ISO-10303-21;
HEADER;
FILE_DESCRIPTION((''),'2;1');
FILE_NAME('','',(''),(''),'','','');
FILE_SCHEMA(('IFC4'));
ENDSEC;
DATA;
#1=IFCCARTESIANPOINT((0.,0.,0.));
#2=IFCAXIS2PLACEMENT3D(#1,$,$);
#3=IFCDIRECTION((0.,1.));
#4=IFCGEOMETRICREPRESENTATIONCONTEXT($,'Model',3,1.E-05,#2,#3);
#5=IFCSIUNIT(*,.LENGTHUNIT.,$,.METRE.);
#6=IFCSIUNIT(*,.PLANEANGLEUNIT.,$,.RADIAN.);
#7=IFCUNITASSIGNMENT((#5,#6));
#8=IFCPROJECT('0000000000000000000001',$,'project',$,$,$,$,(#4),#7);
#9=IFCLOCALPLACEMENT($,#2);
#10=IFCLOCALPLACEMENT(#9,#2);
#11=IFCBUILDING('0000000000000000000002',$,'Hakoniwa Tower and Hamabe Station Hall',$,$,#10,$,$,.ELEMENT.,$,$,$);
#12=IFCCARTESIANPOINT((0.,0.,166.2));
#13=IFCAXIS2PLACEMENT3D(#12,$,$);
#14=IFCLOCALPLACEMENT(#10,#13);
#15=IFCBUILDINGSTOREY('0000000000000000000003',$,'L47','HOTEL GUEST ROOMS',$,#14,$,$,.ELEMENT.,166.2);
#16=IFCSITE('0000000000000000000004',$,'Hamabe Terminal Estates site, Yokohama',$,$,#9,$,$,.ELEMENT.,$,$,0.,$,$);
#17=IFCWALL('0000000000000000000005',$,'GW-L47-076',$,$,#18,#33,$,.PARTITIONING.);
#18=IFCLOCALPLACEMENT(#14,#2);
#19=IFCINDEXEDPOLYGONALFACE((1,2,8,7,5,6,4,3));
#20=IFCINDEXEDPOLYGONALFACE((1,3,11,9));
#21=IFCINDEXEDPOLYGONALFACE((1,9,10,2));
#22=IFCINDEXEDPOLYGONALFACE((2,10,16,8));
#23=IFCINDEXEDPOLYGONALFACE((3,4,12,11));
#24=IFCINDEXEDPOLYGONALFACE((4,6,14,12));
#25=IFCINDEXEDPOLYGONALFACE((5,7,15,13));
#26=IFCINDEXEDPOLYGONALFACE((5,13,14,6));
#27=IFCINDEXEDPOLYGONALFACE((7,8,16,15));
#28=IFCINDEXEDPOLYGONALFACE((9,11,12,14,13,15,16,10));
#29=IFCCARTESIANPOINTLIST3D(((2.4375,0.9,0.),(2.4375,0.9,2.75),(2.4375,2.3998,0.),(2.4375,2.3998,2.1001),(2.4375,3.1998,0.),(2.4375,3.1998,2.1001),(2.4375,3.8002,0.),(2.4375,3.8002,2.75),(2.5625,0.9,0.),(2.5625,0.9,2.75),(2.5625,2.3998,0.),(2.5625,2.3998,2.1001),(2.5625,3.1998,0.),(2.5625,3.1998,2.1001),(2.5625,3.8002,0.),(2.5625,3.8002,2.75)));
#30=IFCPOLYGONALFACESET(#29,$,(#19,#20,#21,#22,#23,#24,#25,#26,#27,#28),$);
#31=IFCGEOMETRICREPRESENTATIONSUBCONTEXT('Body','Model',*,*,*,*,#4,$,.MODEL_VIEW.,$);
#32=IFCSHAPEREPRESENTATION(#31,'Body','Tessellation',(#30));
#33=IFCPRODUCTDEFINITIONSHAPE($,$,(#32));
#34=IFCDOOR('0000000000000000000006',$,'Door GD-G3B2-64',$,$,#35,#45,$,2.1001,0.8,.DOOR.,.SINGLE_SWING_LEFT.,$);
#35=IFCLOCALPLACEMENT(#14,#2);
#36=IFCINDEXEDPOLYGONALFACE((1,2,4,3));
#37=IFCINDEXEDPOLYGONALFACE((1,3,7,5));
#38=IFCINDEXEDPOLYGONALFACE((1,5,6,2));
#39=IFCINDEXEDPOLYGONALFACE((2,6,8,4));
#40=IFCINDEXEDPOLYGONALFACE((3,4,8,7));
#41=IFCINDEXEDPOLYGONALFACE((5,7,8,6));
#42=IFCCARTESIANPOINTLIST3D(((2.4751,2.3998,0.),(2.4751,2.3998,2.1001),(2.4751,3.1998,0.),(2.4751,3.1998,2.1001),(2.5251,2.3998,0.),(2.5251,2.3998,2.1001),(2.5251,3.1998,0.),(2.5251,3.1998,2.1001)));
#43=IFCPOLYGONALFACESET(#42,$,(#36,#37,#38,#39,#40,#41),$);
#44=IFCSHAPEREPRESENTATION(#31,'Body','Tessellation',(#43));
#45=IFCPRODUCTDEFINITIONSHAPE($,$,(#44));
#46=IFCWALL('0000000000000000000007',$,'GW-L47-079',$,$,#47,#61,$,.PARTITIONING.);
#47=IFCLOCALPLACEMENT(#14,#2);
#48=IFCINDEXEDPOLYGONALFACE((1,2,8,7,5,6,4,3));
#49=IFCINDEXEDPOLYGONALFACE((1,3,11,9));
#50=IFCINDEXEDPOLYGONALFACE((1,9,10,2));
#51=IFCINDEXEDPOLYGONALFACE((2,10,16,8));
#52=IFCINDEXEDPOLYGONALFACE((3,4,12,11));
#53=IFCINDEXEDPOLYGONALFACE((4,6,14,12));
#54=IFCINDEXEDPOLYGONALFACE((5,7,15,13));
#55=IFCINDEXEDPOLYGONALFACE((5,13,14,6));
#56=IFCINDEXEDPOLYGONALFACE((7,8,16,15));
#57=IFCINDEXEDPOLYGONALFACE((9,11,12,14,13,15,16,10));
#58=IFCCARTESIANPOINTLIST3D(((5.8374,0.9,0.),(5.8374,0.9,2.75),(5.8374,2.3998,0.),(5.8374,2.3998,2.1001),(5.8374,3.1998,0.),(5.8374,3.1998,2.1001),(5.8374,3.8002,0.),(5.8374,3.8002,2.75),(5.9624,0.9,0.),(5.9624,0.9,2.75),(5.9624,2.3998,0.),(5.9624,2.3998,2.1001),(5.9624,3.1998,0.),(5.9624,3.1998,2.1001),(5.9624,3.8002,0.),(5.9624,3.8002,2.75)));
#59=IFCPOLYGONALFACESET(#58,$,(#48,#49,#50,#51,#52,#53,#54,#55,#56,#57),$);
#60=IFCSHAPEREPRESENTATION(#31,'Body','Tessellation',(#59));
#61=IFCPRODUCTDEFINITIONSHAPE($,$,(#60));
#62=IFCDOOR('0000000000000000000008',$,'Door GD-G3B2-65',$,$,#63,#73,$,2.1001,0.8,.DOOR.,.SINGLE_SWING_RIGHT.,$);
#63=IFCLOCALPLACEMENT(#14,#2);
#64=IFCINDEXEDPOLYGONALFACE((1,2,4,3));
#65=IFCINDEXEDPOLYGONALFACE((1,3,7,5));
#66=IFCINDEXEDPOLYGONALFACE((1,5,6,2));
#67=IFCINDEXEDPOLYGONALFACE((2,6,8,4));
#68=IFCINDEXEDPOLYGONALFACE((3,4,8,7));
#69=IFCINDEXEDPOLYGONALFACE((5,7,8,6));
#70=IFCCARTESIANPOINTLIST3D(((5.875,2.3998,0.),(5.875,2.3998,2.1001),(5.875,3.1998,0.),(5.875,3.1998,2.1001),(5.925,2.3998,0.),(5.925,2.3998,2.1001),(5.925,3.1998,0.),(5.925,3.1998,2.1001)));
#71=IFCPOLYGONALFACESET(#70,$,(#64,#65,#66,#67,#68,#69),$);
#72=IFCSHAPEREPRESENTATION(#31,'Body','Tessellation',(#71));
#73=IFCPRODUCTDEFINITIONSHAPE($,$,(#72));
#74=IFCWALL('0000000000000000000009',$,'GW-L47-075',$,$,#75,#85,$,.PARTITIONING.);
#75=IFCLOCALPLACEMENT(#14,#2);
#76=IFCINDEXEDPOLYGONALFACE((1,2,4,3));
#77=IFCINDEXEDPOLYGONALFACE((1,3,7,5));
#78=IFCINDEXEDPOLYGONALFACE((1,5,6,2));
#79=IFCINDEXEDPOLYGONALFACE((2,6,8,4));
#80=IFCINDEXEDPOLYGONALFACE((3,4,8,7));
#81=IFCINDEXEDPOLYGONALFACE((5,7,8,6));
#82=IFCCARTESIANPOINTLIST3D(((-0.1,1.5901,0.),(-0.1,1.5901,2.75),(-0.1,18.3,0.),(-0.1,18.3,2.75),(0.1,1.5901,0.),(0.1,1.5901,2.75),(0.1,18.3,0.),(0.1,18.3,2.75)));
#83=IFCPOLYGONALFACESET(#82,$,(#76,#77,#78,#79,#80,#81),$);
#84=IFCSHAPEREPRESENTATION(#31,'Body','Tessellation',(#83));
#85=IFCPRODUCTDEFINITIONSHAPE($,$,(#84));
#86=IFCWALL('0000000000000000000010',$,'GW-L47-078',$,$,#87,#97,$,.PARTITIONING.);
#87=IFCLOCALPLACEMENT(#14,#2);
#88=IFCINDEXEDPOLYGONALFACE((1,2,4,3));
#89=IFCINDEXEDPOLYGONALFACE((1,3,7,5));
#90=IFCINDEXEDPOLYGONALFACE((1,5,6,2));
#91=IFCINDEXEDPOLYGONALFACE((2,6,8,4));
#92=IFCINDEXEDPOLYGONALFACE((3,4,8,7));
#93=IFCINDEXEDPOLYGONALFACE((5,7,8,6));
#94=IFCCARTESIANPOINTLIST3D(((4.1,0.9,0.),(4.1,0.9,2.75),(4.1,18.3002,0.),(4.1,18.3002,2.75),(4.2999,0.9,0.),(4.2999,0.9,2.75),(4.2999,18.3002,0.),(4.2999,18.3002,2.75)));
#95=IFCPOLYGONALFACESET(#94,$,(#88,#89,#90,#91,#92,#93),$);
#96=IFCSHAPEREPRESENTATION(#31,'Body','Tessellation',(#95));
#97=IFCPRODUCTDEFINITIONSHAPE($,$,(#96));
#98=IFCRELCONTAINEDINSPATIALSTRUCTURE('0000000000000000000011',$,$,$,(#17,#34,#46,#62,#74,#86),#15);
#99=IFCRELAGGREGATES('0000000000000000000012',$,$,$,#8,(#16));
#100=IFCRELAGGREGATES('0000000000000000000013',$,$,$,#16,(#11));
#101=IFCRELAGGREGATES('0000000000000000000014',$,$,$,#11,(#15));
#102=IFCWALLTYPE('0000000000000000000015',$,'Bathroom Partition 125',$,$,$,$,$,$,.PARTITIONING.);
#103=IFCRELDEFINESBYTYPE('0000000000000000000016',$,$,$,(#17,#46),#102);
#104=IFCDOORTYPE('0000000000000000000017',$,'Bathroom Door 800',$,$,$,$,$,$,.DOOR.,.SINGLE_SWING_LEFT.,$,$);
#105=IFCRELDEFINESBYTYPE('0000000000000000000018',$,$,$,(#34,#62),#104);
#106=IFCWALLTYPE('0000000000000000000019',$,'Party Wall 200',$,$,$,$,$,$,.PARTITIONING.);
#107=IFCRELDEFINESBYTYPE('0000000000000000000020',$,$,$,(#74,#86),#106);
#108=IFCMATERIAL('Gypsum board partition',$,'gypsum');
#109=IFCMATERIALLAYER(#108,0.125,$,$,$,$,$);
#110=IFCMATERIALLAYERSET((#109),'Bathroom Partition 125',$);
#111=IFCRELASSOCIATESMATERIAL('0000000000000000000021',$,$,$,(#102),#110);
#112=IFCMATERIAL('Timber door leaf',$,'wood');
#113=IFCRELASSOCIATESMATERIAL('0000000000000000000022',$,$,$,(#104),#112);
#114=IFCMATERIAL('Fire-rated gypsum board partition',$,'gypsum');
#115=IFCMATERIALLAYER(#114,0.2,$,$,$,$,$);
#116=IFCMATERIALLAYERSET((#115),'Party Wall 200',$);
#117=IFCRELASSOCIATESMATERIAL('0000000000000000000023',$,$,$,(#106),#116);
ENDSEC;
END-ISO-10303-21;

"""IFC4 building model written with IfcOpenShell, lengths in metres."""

from ifc_helpers import new_model, si_unit, direction, frame, frame_2d, origin, place, context, subcontext, project, spatial, rectangle, extrude, material, layer, layer_set, type_object, element, fill, save


model = new_model("IFC4")

# Units and contexts
model_context = context("Model", 3, precision=1e-05, world=origin(), true_north=direction((0.0, 1.0)))
body_context = subcontext(model_context, "Body", "Model", "MODEL_VIEW")
ifc_project = project(units=[si_unit("LENGTHUNIT", "METRE"), si_unit("PLANEANGLEUNIT", "RADIAN")], contexts=[model_context])

# Site, building, storey
site_placement = place(None, origin())
site = spatial("IfcSite", under=ifc_project, at=site_placement, Name="Hamabe Terminal Estates site, Yokohama", CompositionType="ELEMENT", RefElevation=0.0)
building_placement = place(site_placement, origin())
building = spatial("IfcBuilding", under=site, at=building_placement, Name="Hakoniwa Tower and Hamabe Station Hall", CompositionType="ELEMENT")
storey_placement = place(building_placement, frame((0.0, 0.0, 166.2)))
storey = spatial("IfcBuildingStorey", under=building, at=storey_placement, Name="L47", Description="HOTEL GUEST ROOMS", CompositionType="ELEMENT", Elevation=166.2)

# Shared definitions
ifc_material_1 = material(Name="Gypsum board partition", Category="gypsum")
ifc_layer_1 = layer(ifc_material_1, 0.125)
ifc_layer_set_1 = layer_set([ifc_layer_1], Name="Bathroom Partition 125")
wall_type_1 = type_object("IfcWallType", Name="Bathroom Partition 125", PredefinedType="PARTITIONING", material=ifc_layer_set_1)

# Walls, openings, doors
wall_1_placement = place(storey_placement, frame((2.5, 0.8999, 0.0), z_axis=(0.0, 0.0, 1.0), x_axis=(0.0, 1.0, 0.0)))
wall_1 = element("IfcWall", 1, at=wall_1_placement, inside=storey, type_object=wall_type_1, Name="GW-L47-076", PredefinedType="PARTITIONING", context=body_context, shape_type="SweptSolid", body=[
    extrude(rectangle(XDim=2.9001, YDim=0.125, at=frame_2d((1.4502, 0.0))), origin(), (0.0, 0.0, 1.0), 2.75),
])
opening_1_placement = place(wall_1_placement, frame((1.5, 0.0, 0.0)))
opening_1 = element("IfcOpeningElement", 2, at=opening_1_placement, cuts=wall_1, PredefinedType="OPENING", context=body_context, shape_type="SweptSolid", body=[
    extrude(rectangle(XDim=0.8, YDim=2.1001, at=frame_2d((0.3999, 1.05))), frame((0.0, 0.0725, 0.0), z_axis=(0.0, -1.0, 0.0), x_axis=(1.0, 0.0, 0.0)), (0.0, 0.0, 1.0), 0.145),
])
ifc_material_2 = material(Name="Timber door leaf", Category="wood")
door_type = type_object("IfcDoorType", Name="Bathroom Door 800", OperationType="SINGLE_SWING_LEFT", PredefinedType="DOOR", material=ifc_material_2)
door_1_placement = place(opening_1_placement, origin())
door_1 = element("IfcDoor", 3, at=door_1_placement, inside=storey, type_object=door_type, Name="Door GD-G3B2-64", OperationType="SINGLE_SWING_LEFT", OverallHeight=2.1001, OverallWidth=0.8, PredefinedType="DOOR", context=body_context, shape_type="SweptSolid", body=[
    extrude(rectangle(XDim=0.8, YDim=2.1001, at=frame_2d((0.3999, 1.05))), frame((0.0, 0.0249, 0.0), z_axis=(0.0, -1.0, 0.0), x_axis=(1.0, 0.0, 0.0)), (0.0, 0.0, 1.0), 0.05),
])
fill(opening_1, door_1)
wall_2_placement = place(storey_placement, frame((5.8999, 0.8999, 0.0), z_axis=(0.0, 0.0, 1.0), x_axis=(0.0, 1.0, 0.0)))
wall_2 = element("IfcWall", 4, at=wall_2_placement, inside=storey, type_object=wall_type_1, Name="GW-L47-079", PredefinedType="PARTITIONING", context=body_context, shape_type="SweptSolid", body=[
    extrude(rectangle(XDim=2.9001, YDim=0.125, at=frame_2d((1.4502, 0.0))), origin(), (0.0, 0.0, 1.0), 2.75),
])
opening_2_placement = place(wall_2_placement, frame((1.5, 0.0, 0.0)))
opening_2 = element("IfcOpeningElement", 5, at=opening_2_placement, cuts=wall_2, PredefinedType="OPENING", context=body_context, shape_type="SweptSolid", body=[
    extrude(rectangle(XDim=0.8, YDim=2.1001, at=frame_2d((0.3999, 1.05))), frame((0.0, 0.0725, 0.0), z_axis=(0.0, -1.0, 0.0), x_axis=(1.0, 0.0, 0.0)), (0.0, 0.0, 1.0), 0.145),
])
door_2_placement = place(opening_2_placement, origin())
door_2 = element("IfcDoor", 6, at=door_2_placement, inside=storey, type_object=door_type, Name="Door GD-G3B2-65", OperationType="SINGLE_SWING_RIGHT", OverallHeight=2.1001, OverallWidth=0.8, PredefinedType="DOOR", context=body_context, shape_type="SweptSolid", body=[
    extrude(rectangle(XDim=0.8, YDim=2.1001, at=frame_2d((0.3999, 1.05))), frame((0.0, 0.0249, 0.0), z_axis=(0.0, -1.0, 0.0), x_axis=(1.0, 0.0, 0.0)), (0.0, 0.0, 1.0), 0.05),
])
fill(opening_2, door_2)

# Walls
ifc_material_3 = material(Name="Fire-rated gypsum board partition", Category="gypsum")
ifc_layer_2 = layer(ifc_material_3, 0.2)
ifc_layer_set_2 = layer_set([ifc_layer_2], Name="Party Wall 200")
wall_type_2 = type_object("IfcWallType", Name="Party Wall 200", PredefinedType="PARTITIONING", material=ifc_layer_set_2)
wall_3_placement = place(storey_placement, frame((0.0, 1.5901, 0.0), z_axis=(0.0, 0.0, 1.0), x_axis=(0.0, 1.0, 0.0)))
element("IfcWall", 7, at=wall_3_placement, inside=storey, type_object=wall_type_2, Name="GW-L47-075", PredefinedType="PARTITIONING", context=body_context, shape_type="SweptSolid", body=[
    extrude(rectangle(XDim=16.71, YDim=0.2, at=frame_2d((8.355, 0.0))), origin(), (0.0, 0.0, 1.0), 2.75),
])
wall_4_placement = place(storey_placement, frame((4.2, 0.8999, 0.0), z_axis=(0.0, 0.0, 1.0), x_axis=(0.0, 1.0, 0.0)))
element("IfcWall", 8, at=wall_4_placement, inside=storey, type_object=wall_type_2, Name="GW-L47-078", PredefinedType="PARTITIONING", context=body_context, shape_type="SweptSolid", body=[
    extrude(rectangle(XDim=17.4001, YDim=0.2, at=frame_2d((8.7002, 0.0))), origin(), (0.0, 0.0, 1.0), 2.75),
])

save(model, "model.ifc")
